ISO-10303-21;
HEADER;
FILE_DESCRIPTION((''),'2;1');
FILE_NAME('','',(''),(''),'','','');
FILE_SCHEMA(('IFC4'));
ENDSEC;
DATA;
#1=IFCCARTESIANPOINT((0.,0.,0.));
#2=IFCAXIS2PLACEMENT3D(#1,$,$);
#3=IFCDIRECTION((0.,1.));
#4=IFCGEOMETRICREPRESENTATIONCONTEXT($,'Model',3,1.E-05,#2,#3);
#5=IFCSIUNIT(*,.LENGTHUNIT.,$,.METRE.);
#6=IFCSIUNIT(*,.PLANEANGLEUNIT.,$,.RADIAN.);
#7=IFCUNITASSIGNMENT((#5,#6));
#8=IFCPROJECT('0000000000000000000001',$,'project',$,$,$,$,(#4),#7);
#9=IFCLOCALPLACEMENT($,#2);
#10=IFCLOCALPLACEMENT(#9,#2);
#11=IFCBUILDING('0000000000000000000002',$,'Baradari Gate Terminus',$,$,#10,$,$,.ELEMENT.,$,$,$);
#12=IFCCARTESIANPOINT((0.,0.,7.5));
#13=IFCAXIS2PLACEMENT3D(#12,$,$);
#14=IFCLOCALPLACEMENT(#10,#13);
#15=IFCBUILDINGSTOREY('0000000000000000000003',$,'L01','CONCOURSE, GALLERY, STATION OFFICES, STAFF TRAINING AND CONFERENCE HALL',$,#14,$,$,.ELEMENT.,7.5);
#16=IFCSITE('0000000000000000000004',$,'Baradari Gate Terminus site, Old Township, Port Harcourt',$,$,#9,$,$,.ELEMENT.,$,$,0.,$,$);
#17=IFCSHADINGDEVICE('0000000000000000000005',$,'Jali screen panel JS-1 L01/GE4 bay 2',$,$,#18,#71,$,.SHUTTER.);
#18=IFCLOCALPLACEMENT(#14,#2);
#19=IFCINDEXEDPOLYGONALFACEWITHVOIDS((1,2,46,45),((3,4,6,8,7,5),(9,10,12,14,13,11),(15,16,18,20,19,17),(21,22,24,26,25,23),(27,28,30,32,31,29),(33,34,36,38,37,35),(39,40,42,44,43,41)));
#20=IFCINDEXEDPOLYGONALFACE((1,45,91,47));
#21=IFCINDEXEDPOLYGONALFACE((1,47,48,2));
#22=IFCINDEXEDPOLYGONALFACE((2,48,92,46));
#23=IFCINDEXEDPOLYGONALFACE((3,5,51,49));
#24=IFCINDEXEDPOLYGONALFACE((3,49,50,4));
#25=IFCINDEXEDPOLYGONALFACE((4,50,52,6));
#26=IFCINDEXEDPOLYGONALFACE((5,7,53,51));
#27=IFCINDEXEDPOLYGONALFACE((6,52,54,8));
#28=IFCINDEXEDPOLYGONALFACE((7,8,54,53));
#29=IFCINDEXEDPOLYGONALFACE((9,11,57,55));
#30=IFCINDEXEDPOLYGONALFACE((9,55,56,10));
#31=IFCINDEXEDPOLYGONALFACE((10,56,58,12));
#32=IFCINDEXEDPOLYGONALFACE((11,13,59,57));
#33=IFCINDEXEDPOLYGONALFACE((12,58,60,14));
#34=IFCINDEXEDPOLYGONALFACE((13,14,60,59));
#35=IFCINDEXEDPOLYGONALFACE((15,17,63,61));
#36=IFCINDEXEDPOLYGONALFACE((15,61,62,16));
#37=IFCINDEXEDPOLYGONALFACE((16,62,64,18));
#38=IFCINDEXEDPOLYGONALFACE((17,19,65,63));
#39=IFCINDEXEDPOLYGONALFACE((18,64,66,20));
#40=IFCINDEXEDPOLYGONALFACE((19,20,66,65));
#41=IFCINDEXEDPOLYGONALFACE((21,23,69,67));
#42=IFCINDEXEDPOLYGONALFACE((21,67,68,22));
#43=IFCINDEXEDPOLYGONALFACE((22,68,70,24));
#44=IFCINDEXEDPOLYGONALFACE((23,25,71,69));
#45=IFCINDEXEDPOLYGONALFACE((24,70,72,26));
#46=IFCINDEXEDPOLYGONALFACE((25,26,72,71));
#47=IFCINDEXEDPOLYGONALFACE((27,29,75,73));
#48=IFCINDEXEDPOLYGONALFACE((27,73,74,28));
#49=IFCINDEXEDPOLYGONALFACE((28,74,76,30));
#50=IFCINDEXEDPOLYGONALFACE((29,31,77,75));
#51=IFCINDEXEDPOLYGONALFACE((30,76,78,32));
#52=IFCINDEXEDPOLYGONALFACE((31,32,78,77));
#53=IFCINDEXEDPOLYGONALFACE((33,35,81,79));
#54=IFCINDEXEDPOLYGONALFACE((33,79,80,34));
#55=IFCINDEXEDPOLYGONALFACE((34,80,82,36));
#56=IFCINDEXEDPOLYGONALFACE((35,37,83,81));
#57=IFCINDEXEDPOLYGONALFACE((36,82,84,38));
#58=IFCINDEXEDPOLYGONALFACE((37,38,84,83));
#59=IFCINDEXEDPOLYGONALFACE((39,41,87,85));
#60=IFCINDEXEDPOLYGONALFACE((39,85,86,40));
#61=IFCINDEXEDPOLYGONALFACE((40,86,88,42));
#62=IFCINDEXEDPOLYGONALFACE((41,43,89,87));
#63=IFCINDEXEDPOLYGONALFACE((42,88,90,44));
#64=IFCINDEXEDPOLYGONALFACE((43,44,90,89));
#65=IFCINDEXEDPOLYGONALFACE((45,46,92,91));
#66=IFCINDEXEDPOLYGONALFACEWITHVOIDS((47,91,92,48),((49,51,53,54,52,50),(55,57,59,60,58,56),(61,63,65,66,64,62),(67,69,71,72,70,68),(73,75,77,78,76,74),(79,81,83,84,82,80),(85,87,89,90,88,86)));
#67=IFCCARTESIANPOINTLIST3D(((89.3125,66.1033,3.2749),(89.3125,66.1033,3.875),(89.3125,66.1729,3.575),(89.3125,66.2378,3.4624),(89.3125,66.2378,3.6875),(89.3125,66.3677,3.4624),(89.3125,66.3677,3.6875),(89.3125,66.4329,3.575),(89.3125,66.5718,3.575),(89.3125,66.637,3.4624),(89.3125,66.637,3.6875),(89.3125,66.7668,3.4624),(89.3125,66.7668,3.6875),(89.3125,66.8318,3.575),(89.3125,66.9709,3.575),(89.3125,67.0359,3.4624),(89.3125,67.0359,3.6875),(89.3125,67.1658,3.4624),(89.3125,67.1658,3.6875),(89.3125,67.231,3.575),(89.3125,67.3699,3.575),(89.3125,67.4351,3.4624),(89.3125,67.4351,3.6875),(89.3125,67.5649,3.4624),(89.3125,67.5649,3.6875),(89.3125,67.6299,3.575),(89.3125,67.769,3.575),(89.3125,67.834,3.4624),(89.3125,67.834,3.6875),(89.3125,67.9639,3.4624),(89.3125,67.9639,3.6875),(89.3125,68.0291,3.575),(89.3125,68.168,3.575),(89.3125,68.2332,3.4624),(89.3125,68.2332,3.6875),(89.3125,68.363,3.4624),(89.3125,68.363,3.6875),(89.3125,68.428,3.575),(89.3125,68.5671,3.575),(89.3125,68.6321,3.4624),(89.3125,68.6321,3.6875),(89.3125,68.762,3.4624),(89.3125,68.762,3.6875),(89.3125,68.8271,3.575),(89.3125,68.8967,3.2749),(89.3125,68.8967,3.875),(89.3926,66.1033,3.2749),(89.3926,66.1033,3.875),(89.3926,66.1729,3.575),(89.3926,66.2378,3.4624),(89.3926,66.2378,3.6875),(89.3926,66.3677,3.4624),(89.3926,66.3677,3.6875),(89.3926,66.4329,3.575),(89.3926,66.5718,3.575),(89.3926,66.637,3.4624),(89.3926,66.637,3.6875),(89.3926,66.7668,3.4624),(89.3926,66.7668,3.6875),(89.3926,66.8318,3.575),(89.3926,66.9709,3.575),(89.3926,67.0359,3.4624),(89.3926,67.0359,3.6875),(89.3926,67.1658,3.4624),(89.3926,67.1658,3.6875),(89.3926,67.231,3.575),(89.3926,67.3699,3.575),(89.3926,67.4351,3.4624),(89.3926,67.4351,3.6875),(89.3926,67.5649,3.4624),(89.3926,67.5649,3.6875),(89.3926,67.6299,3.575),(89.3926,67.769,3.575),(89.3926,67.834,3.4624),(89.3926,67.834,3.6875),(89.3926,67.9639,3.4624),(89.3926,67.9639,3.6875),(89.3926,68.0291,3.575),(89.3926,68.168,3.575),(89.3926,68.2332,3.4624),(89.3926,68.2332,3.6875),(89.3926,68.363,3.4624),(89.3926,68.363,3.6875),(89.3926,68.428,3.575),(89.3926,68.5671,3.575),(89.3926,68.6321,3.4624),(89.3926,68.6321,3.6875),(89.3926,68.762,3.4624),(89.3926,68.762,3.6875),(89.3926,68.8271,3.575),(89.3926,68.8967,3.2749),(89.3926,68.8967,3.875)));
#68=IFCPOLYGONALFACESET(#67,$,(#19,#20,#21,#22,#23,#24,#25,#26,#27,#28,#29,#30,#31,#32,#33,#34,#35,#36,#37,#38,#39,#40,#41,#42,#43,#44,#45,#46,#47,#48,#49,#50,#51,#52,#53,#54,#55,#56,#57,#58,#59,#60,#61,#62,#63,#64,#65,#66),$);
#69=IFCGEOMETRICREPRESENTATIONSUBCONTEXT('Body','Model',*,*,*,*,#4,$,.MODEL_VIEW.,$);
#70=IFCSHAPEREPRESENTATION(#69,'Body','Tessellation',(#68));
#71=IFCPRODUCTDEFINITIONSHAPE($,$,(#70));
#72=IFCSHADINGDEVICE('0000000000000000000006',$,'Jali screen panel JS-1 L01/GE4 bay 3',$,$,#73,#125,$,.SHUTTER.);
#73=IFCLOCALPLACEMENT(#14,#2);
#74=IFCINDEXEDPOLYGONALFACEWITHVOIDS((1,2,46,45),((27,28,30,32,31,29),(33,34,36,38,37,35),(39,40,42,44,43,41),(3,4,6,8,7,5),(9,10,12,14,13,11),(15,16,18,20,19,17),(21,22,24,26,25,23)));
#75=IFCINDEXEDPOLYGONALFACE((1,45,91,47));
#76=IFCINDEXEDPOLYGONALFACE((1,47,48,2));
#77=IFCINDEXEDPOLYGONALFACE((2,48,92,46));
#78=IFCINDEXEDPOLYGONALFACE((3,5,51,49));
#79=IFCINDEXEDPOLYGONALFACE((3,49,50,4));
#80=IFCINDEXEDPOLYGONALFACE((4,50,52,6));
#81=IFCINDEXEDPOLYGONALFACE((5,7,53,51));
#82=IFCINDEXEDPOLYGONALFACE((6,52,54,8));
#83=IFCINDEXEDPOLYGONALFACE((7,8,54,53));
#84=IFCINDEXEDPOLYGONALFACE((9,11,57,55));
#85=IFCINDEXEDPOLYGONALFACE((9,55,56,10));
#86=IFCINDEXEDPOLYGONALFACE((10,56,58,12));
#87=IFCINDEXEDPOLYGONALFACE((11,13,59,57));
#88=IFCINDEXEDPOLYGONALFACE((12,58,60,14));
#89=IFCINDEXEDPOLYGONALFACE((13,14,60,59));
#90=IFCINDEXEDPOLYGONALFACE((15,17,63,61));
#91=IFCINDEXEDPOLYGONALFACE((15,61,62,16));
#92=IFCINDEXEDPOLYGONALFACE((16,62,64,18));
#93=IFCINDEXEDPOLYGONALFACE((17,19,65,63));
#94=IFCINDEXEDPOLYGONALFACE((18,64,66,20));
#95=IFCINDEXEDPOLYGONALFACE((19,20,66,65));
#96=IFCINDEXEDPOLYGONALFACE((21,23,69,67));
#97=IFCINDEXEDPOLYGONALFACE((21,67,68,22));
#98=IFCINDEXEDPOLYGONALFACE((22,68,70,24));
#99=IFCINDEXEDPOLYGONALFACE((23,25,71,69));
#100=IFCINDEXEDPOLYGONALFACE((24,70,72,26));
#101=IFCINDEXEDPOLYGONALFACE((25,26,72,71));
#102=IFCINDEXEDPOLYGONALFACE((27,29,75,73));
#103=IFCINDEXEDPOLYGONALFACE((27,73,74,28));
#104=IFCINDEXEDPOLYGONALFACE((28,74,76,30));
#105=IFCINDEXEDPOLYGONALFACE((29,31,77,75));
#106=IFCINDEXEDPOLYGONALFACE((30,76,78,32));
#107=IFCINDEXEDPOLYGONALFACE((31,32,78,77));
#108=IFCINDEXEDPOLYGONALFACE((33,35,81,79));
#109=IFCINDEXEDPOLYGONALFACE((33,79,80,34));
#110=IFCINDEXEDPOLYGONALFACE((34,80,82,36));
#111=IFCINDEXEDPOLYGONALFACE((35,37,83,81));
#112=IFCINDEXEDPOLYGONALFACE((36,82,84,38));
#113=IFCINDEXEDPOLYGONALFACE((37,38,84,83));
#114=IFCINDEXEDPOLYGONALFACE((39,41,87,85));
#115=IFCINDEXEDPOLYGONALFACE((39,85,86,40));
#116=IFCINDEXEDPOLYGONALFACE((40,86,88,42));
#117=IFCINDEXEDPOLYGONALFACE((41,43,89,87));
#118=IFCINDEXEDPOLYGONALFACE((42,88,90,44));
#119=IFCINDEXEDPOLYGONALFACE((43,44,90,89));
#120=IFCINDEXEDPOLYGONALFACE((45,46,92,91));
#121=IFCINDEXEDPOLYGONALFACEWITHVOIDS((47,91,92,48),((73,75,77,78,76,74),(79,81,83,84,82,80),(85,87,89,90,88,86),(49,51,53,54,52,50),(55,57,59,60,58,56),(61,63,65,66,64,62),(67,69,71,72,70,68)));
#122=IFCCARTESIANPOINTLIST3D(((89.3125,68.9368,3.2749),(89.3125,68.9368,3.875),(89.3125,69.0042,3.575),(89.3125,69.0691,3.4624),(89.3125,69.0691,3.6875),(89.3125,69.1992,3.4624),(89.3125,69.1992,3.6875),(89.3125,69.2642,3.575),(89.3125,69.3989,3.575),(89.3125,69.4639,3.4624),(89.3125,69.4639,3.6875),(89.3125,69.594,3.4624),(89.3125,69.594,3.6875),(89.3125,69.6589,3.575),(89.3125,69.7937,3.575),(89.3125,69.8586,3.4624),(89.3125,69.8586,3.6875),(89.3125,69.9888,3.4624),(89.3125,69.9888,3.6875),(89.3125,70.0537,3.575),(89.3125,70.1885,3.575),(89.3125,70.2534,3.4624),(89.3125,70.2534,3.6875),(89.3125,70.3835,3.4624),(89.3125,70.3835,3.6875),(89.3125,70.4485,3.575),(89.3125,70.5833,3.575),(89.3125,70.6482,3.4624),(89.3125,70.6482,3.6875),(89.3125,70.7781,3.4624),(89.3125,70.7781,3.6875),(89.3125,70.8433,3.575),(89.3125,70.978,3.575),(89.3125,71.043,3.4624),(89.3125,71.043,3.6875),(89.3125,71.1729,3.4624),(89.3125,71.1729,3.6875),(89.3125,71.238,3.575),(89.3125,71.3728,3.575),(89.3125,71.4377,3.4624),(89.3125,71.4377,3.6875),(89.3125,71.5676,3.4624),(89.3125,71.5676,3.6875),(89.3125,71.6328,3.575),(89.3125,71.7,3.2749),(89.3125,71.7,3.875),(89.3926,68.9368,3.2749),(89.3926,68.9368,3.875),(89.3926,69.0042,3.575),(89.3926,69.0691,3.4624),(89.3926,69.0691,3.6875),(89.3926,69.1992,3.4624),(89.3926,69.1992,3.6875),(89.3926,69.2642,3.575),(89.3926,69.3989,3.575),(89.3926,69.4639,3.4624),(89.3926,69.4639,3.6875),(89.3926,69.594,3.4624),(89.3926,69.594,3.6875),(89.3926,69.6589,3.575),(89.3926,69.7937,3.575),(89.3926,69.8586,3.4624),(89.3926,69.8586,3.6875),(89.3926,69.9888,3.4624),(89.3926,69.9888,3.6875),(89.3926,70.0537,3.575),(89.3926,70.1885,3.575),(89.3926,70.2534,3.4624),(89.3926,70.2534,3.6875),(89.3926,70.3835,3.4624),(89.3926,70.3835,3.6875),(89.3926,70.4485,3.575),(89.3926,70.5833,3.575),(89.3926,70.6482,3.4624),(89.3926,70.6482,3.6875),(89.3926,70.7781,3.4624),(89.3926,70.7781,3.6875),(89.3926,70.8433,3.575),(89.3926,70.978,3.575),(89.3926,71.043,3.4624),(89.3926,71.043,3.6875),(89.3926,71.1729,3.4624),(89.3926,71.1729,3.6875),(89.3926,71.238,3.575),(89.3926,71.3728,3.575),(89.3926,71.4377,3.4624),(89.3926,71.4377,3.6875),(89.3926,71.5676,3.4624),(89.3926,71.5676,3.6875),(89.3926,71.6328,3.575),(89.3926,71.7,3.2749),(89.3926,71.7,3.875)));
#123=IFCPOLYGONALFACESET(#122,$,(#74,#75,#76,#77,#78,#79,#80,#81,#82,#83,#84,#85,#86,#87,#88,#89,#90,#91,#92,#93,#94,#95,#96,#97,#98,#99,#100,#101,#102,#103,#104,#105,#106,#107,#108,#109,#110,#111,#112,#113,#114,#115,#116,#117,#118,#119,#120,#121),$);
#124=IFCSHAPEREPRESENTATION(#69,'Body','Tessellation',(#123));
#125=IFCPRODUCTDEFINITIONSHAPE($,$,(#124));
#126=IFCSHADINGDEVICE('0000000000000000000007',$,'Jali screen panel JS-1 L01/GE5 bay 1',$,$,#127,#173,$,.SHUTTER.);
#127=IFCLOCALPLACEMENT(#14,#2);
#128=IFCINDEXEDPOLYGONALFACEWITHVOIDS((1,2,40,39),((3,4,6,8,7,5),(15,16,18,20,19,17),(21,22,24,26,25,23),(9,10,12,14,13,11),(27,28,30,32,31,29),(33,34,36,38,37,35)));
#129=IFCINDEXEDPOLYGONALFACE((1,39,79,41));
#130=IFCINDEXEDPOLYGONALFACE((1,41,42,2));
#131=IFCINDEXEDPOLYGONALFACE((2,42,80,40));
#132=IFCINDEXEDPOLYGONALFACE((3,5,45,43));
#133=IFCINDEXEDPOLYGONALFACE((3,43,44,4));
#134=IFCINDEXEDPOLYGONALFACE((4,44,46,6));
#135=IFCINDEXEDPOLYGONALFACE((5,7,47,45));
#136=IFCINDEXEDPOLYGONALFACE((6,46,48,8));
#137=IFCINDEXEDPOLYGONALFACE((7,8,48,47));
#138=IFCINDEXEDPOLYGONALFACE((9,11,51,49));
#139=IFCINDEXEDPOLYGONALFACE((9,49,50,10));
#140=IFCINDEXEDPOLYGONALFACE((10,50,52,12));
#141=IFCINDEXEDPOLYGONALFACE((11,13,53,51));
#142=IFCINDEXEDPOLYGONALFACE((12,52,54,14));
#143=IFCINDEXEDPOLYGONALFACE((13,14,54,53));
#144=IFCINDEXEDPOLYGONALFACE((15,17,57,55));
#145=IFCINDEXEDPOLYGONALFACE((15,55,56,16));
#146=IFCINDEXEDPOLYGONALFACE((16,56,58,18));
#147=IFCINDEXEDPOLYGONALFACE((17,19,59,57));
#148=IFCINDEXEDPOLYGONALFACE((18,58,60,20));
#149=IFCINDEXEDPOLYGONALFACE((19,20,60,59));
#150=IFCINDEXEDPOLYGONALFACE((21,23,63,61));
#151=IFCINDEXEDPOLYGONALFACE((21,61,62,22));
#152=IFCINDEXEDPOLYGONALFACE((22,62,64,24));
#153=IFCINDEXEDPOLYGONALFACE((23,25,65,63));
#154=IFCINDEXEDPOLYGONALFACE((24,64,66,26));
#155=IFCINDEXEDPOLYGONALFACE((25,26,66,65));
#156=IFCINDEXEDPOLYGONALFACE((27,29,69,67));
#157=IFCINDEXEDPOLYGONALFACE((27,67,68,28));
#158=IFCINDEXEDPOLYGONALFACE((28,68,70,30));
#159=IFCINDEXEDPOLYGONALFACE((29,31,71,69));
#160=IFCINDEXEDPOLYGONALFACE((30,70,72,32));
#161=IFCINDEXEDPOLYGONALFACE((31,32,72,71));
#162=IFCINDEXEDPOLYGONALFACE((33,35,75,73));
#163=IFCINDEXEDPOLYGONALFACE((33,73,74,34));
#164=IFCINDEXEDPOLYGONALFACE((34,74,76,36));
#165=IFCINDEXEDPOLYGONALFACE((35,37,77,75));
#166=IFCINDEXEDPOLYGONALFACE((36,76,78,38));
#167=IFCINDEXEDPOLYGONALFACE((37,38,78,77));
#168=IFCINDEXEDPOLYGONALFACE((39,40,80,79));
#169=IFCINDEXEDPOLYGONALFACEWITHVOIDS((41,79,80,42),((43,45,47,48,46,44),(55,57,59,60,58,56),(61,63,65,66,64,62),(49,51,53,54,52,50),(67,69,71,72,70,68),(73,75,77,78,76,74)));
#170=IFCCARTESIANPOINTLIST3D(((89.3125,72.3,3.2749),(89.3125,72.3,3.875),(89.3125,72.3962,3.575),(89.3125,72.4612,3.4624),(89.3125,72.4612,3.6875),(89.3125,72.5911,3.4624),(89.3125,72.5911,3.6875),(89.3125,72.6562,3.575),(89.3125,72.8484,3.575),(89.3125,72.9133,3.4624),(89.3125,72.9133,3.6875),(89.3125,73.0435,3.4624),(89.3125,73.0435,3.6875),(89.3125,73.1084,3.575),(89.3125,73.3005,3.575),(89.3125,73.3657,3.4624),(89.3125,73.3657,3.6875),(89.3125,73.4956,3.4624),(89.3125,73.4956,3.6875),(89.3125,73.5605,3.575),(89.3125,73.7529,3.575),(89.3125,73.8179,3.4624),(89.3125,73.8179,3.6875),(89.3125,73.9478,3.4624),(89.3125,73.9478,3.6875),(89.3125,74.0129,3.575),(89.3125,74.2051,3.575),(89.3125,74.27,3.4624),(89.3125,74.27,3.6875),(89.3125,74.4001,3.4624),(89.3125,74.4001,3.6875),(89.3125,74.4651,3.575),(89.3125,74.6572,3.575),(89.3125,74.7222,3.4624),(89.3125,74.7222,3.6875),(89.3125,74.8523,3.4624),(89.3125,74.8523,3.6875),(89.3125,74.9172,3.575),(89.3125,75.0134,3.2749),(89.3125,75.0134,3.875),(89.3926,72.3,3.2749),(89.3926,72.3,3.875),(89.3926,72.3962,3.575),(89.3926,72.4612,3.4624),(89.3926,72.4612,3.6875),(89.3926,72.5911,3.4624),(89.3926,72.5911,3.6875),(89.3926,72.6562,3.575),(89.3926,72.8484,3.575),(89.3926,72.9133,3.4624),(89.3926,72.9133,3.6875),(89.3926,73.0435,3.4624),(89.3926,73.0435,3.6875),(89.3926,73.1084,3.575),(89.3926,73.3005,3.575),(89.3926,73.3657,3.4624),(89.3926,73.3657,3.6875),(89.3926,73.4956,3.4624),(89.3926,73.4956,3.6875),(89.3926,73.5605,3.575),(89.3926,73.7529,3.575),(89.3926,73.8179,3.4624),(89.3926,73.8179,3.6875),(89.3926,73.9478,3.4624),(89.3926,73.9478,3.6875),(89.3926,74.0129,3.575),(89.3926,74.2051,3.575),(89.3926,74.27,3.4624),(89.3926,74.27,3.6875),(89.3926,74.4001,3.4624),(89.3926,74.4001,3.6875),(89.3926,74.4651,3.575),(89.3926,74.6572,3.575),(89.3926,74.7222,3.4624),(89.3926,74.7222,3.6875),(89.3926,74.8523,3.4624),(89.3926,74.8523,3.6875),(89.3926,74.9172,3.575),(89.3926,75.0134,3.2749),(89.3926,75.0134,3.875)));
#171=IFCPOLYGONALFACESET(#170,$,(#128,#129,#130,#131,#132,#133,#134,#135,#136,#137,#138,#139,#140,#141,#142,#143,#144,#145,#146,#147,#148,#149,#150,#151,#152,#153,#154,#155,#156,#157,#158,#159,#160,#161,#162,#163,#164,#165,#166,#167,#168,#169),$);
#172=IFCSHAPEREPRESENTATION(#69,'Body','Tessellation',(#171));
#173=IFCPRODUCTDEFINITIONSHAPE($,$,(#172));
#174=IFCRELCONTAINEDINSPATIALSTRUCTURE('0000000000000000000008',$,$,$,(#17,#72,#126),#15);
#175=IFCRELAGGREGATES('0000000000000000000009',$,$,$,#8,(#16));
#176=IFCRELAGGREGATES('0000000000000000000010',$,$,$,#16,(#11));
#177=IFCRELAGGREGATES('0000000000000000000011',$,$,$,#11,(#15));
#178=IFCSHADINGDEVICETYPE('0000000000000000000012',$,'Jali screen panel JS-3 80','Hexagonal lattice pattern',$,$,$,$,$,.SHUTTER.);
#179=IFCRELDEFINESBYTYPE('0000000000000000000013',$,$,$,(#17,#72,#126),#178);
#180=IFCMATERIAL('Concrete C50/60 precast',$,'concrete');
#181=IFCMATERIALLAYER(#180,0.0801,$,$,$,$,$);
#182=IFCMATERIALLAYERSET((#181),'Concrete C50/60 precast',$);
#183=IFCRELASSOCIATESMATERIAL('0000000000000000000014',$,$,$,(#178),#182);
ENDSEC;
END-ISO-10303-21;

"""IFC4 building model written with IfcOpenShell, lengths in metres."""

from ifc_helpers import new_model, si_unit, direction, frame, origin, place, context, subcontext, project, spatial, polyline, outline, extrude, material, layer, layer_set, type_object, element, save


model = new_model("IFC4")

# Units and contexts
model_context = context("Model", 3, precision=1e-05, world=origin(), true_north=direction((0.0, 1.0)))
body_context = subcontext(model_context, "Body", "Model", "MODEL_VIEW")
ifc_project = project(units=[si_unit("LENGTHUNIT", "METRE"), si_unit("PLANEANGLEUNIT", "RADIAN")], contexts=[model_context])

# Site, building, storey
site_placement = place(None, origin())
site = spatial("IfcSite", under=ifc_project, at=site_placement, Name="Baradari Gate Terminus site, Old Township, Port Harcourt", CompositionType="ELEMENT", RefElevation=0.0)
building_placement = place(site_placement, origin())
building = spatial("IfcBuilding", under=site, at=building_placement, Name="Baradari Gate Terminus", CompositionType="ELEMENT")
storey_placement = place(building_placement, frame((0.0, 0.0, 7.5)))
storey = spatial("IfcBuildingStorey", under=building, at=storey_placement, Name="L01", Description="CONCOURSE, GALLERY, STATION OFFICES, STAFF TRAINING AND CONFERENCE HALL", CompositionType="ELEMENT", Elevation=7.5)

# Shading devices
ifc_material_1 = material(Name="Concrete C50/60 precast", Category="concrete")
ifc_layer_1 = layer(ifc_material_1, 0.0801)
ifc_layer_set_1 = layer_set([ifc_layer_1], Name="Concrete C50/60 precast")
shading_device_type = type_object("IfcShadingDeviceType", Name="Jali screen panel JS-3 80", Description="Hexagonal lattice pattern", PredefinedType="SHUTTER", material=ifc_layer_set_1)
shading_device_1_placement = place(storey_placement, frame((89.3525, 66.1033, 3.2749), z_axis=(0.0, 0.0, 1.0), x_axis=(0.0, 1.0, 0.0)))
element("IfcShadingDevice", 1, at=shading_device_1_placement, inside=storey, type_object=shading_device_type, Name="Jali screen panel JS-1 L01/GE4 bay 2", PredefinedType="SHUTTER", context=body_context, shape_type="SweptSolid", body=[
    extrude(outline(polyline([(0.0, 0.0), (2.7935, 0.0), (2.7935, 0.6001), (0.0, 0.6001), (0.0, 0.0)]), holes=[polyline([(0.3296, 0.3), (0.2644, 0.1875), (0.1345, 0.1875), (0.0696, 0.3), (0.1345, 0.4126), (0.2644, 0.4126), (0.3296, 0.3)]), polyline([(0.7285, 0.3), (0.6636, 0.1875), (0.5337, 0.1875), (0.4685, 0.3), (0.5337, 0.4126), (0.6636, 0.4126), (0.7285, 0.3)]), polyline([(1.1277, 0.3), (1.0625, 0.1875), (0.9326, 0.1875), (0.8677, 0.3), (0.9326, 0.4126), (1.0625, 0.4126), (1.1277, 0.3)]), polyline([(1.5266, 0.3), (1.4617, 0.1875), (1.3318, 0.1875), (1.2666, 0.3), (1.3318, 0.4126), (1.4617, 0.4126), (1.5266, 0.3)]), polyline([(1.9258, 0.3), (1.8606, 0.1875), (1.7307, 0.1875), (1.6658, 0.3), (1.7307, 0.4126), (1.8606, 0.4126), (1.9258, 0.3)]), polyline([(2.3247, 0.3), (2.2598, 0.1875), (2.1299, 0.1875), (2.0647, 0.3), (2.1299, 0.4126), (2.2598, 0.4126), (2.3247, 0.3)]), polyline([(2.7239, 0.3), (2.6587, 0.1875), (2.5288, 0.1875), (2.4639, 0.3), (2.5288, 0.4126), (2.6587, 0.4126), (2.7239, 0.3)])]), frame((0.0, 0.04, 0.0), z_axis=(0.0, -1.0, 0.0), x_axis=(1.0, 0.0, 0.0)), (0.0, 0.0, 1.0), 0.0801),
])
shading_device_2_placement = place(storey_placement, frame((89.3525, 68.9368, 3.2749), z_axis=(0.0, 0.0, 1.0), x_axis=(0.0, 1.0, 0.0)))
element("IfcShadingDevice", 2, at=shading_device_2_placement, inside=storey, type_object=shading_device_type, Name="Jali screen panel JS-1 L01/GE4 bay 3", PredefinedType="SHUTTER", context=body_context, shape_type="SweptSolid", body=[
    extrude(outline(polyline([(0.0, 0.0), (2.7632, 0.0), (2.7632, 0.6001), (0.0, 0.6001), (0.0, 0.0)]), holes=[polyline([(0.3274, 0.3), (0.2625, 0.1875), (0.1323, 0.1875), (0.0674, 0.3), (0.1323, 0.4126), (0.2625, 0.4126), (0.3274, 0.3)]), polyline([(0.7222, 0.3), (0.6572, 0.1875), (0.5271, 0.1875), (0.4622, 0.3), (0.5271, 0.4126), (0.6572, 0.4126), (0.7222, 0.3)]), polyline([(1.1169, 0.3), (1.052, 0.1875), (0.9219, 0.1875), (0.8569, 0.3), (0.9219, 0.4126), (1.052, 0.4126), (1.1169, 0.3)]), polyline([(1.5117, 0.3), (1.4468, 0.1875), (1.3167, 0.1875), (1.2517, 0.3), (1.3167, 0.4126), (1.4468, 0.4126), (1.5117, 0.3)]), polyline([(1.9065, 0.3), (1.8413, 0.1875), (1.7114, 0.1875), (1.6465, 0.3), (1.7114, 0.4126), (1.8413, 0.4126), (1.9065, 0.3)]), polyline([(2.3013, 0.3), (2.2361, 0.1875), (2.1062, 0.1875), (2.0413, 0.3), (2.1062, 0.4126), (2.2361, 0.4126), (2.3013, 0.3)]), polyline([(2.696, 0.3), (2.6309, 0.1875), (2.501, 0.1875), (2.436, 0.3), (2.501, 0.4126), (2.6309, 0.4126), (2.696, 0.3)])]), frame((0.0, 0.04, 0.0), z_axis=(0.0, -1.0, 0.0), x_axis=(1.0, 0.0, 0.0)), (0.0, 0.0, 1.0), 0.0801),
])
shading_device_3_placement = place(storey_placement, frame((89.3525, 72.3, 3.2749), z_axis=(0.0, 0.0, 1.0), x_axis=(0.0, 1.0, 0.0)))
element("IfcShadingDevice", 3, at=shading_device_3_placement, inside=storey, type_object=shading_device_type, Name="Jali screen panel JS-1 L01/GE5 bay 1", PredefinedType="SHUTTER", context=body_context, shape_type="SweptSolid", body=[
    extrude(outline(polyline([(0.0, 0.0), (2.7134, 0.0), (2.7134, 0.6001), (0.0, 0.6001), (0.0, 0.0)]), holes=[polyline([(0.3562, 0.3), (0.291, 0.1875), (0.1611, 0.1875), (0.0962, 0.3), (0.1611, 0.4126), (0.291, 0.4126), (0.3562, 0.3)]), polyline([(0.8083, 0.3), (0.7434, 0.1875), (0.6133, 0.1875), (0.5483, 0.3), (0.6133, 0.4126), (0.7434, 0.4126), (0.8083, 0.3)]), polyline([(1.2605, 0.3), (1.1956, 0.1875), (1.0657, 0.1875), (1.0005, 0.3), (1.0657, 0.4126), (1.1956, 0.4126), (1.2605, 0.3)]), polyline([(1.7129, 0.3), (1.6477, 0.1875), (1.5178, 0.1875), (1.4529, 0.3), (1.5178, 0.4126), (1.6477, 0.4126), (1.7129, 0.3)]), polyline([(2.165, 0.3), (2.1001, 0.1875), (1.97, 0.1875), (1.905, 0.3), (1.97, 0.4126), (2.1001, 0.4126), (2.165, 0.3)]), polyline([(2.6172, 0.3), (2.5522, 0.1875), (2.4221, 0.1875), (2.3572, 0.3), (2.4221, 0.4126), (2.5522, 0.4126), (2.6172, 0.3)])]), frame((0.0, 0.04, 0.0), z_axis=(0.0, -1.0, 0.0), x_axis=(1.0, 0.0, 0.0)), (0.0, 0.0, 1.0), 0.0801),
])

save(model, "model.ifc")
